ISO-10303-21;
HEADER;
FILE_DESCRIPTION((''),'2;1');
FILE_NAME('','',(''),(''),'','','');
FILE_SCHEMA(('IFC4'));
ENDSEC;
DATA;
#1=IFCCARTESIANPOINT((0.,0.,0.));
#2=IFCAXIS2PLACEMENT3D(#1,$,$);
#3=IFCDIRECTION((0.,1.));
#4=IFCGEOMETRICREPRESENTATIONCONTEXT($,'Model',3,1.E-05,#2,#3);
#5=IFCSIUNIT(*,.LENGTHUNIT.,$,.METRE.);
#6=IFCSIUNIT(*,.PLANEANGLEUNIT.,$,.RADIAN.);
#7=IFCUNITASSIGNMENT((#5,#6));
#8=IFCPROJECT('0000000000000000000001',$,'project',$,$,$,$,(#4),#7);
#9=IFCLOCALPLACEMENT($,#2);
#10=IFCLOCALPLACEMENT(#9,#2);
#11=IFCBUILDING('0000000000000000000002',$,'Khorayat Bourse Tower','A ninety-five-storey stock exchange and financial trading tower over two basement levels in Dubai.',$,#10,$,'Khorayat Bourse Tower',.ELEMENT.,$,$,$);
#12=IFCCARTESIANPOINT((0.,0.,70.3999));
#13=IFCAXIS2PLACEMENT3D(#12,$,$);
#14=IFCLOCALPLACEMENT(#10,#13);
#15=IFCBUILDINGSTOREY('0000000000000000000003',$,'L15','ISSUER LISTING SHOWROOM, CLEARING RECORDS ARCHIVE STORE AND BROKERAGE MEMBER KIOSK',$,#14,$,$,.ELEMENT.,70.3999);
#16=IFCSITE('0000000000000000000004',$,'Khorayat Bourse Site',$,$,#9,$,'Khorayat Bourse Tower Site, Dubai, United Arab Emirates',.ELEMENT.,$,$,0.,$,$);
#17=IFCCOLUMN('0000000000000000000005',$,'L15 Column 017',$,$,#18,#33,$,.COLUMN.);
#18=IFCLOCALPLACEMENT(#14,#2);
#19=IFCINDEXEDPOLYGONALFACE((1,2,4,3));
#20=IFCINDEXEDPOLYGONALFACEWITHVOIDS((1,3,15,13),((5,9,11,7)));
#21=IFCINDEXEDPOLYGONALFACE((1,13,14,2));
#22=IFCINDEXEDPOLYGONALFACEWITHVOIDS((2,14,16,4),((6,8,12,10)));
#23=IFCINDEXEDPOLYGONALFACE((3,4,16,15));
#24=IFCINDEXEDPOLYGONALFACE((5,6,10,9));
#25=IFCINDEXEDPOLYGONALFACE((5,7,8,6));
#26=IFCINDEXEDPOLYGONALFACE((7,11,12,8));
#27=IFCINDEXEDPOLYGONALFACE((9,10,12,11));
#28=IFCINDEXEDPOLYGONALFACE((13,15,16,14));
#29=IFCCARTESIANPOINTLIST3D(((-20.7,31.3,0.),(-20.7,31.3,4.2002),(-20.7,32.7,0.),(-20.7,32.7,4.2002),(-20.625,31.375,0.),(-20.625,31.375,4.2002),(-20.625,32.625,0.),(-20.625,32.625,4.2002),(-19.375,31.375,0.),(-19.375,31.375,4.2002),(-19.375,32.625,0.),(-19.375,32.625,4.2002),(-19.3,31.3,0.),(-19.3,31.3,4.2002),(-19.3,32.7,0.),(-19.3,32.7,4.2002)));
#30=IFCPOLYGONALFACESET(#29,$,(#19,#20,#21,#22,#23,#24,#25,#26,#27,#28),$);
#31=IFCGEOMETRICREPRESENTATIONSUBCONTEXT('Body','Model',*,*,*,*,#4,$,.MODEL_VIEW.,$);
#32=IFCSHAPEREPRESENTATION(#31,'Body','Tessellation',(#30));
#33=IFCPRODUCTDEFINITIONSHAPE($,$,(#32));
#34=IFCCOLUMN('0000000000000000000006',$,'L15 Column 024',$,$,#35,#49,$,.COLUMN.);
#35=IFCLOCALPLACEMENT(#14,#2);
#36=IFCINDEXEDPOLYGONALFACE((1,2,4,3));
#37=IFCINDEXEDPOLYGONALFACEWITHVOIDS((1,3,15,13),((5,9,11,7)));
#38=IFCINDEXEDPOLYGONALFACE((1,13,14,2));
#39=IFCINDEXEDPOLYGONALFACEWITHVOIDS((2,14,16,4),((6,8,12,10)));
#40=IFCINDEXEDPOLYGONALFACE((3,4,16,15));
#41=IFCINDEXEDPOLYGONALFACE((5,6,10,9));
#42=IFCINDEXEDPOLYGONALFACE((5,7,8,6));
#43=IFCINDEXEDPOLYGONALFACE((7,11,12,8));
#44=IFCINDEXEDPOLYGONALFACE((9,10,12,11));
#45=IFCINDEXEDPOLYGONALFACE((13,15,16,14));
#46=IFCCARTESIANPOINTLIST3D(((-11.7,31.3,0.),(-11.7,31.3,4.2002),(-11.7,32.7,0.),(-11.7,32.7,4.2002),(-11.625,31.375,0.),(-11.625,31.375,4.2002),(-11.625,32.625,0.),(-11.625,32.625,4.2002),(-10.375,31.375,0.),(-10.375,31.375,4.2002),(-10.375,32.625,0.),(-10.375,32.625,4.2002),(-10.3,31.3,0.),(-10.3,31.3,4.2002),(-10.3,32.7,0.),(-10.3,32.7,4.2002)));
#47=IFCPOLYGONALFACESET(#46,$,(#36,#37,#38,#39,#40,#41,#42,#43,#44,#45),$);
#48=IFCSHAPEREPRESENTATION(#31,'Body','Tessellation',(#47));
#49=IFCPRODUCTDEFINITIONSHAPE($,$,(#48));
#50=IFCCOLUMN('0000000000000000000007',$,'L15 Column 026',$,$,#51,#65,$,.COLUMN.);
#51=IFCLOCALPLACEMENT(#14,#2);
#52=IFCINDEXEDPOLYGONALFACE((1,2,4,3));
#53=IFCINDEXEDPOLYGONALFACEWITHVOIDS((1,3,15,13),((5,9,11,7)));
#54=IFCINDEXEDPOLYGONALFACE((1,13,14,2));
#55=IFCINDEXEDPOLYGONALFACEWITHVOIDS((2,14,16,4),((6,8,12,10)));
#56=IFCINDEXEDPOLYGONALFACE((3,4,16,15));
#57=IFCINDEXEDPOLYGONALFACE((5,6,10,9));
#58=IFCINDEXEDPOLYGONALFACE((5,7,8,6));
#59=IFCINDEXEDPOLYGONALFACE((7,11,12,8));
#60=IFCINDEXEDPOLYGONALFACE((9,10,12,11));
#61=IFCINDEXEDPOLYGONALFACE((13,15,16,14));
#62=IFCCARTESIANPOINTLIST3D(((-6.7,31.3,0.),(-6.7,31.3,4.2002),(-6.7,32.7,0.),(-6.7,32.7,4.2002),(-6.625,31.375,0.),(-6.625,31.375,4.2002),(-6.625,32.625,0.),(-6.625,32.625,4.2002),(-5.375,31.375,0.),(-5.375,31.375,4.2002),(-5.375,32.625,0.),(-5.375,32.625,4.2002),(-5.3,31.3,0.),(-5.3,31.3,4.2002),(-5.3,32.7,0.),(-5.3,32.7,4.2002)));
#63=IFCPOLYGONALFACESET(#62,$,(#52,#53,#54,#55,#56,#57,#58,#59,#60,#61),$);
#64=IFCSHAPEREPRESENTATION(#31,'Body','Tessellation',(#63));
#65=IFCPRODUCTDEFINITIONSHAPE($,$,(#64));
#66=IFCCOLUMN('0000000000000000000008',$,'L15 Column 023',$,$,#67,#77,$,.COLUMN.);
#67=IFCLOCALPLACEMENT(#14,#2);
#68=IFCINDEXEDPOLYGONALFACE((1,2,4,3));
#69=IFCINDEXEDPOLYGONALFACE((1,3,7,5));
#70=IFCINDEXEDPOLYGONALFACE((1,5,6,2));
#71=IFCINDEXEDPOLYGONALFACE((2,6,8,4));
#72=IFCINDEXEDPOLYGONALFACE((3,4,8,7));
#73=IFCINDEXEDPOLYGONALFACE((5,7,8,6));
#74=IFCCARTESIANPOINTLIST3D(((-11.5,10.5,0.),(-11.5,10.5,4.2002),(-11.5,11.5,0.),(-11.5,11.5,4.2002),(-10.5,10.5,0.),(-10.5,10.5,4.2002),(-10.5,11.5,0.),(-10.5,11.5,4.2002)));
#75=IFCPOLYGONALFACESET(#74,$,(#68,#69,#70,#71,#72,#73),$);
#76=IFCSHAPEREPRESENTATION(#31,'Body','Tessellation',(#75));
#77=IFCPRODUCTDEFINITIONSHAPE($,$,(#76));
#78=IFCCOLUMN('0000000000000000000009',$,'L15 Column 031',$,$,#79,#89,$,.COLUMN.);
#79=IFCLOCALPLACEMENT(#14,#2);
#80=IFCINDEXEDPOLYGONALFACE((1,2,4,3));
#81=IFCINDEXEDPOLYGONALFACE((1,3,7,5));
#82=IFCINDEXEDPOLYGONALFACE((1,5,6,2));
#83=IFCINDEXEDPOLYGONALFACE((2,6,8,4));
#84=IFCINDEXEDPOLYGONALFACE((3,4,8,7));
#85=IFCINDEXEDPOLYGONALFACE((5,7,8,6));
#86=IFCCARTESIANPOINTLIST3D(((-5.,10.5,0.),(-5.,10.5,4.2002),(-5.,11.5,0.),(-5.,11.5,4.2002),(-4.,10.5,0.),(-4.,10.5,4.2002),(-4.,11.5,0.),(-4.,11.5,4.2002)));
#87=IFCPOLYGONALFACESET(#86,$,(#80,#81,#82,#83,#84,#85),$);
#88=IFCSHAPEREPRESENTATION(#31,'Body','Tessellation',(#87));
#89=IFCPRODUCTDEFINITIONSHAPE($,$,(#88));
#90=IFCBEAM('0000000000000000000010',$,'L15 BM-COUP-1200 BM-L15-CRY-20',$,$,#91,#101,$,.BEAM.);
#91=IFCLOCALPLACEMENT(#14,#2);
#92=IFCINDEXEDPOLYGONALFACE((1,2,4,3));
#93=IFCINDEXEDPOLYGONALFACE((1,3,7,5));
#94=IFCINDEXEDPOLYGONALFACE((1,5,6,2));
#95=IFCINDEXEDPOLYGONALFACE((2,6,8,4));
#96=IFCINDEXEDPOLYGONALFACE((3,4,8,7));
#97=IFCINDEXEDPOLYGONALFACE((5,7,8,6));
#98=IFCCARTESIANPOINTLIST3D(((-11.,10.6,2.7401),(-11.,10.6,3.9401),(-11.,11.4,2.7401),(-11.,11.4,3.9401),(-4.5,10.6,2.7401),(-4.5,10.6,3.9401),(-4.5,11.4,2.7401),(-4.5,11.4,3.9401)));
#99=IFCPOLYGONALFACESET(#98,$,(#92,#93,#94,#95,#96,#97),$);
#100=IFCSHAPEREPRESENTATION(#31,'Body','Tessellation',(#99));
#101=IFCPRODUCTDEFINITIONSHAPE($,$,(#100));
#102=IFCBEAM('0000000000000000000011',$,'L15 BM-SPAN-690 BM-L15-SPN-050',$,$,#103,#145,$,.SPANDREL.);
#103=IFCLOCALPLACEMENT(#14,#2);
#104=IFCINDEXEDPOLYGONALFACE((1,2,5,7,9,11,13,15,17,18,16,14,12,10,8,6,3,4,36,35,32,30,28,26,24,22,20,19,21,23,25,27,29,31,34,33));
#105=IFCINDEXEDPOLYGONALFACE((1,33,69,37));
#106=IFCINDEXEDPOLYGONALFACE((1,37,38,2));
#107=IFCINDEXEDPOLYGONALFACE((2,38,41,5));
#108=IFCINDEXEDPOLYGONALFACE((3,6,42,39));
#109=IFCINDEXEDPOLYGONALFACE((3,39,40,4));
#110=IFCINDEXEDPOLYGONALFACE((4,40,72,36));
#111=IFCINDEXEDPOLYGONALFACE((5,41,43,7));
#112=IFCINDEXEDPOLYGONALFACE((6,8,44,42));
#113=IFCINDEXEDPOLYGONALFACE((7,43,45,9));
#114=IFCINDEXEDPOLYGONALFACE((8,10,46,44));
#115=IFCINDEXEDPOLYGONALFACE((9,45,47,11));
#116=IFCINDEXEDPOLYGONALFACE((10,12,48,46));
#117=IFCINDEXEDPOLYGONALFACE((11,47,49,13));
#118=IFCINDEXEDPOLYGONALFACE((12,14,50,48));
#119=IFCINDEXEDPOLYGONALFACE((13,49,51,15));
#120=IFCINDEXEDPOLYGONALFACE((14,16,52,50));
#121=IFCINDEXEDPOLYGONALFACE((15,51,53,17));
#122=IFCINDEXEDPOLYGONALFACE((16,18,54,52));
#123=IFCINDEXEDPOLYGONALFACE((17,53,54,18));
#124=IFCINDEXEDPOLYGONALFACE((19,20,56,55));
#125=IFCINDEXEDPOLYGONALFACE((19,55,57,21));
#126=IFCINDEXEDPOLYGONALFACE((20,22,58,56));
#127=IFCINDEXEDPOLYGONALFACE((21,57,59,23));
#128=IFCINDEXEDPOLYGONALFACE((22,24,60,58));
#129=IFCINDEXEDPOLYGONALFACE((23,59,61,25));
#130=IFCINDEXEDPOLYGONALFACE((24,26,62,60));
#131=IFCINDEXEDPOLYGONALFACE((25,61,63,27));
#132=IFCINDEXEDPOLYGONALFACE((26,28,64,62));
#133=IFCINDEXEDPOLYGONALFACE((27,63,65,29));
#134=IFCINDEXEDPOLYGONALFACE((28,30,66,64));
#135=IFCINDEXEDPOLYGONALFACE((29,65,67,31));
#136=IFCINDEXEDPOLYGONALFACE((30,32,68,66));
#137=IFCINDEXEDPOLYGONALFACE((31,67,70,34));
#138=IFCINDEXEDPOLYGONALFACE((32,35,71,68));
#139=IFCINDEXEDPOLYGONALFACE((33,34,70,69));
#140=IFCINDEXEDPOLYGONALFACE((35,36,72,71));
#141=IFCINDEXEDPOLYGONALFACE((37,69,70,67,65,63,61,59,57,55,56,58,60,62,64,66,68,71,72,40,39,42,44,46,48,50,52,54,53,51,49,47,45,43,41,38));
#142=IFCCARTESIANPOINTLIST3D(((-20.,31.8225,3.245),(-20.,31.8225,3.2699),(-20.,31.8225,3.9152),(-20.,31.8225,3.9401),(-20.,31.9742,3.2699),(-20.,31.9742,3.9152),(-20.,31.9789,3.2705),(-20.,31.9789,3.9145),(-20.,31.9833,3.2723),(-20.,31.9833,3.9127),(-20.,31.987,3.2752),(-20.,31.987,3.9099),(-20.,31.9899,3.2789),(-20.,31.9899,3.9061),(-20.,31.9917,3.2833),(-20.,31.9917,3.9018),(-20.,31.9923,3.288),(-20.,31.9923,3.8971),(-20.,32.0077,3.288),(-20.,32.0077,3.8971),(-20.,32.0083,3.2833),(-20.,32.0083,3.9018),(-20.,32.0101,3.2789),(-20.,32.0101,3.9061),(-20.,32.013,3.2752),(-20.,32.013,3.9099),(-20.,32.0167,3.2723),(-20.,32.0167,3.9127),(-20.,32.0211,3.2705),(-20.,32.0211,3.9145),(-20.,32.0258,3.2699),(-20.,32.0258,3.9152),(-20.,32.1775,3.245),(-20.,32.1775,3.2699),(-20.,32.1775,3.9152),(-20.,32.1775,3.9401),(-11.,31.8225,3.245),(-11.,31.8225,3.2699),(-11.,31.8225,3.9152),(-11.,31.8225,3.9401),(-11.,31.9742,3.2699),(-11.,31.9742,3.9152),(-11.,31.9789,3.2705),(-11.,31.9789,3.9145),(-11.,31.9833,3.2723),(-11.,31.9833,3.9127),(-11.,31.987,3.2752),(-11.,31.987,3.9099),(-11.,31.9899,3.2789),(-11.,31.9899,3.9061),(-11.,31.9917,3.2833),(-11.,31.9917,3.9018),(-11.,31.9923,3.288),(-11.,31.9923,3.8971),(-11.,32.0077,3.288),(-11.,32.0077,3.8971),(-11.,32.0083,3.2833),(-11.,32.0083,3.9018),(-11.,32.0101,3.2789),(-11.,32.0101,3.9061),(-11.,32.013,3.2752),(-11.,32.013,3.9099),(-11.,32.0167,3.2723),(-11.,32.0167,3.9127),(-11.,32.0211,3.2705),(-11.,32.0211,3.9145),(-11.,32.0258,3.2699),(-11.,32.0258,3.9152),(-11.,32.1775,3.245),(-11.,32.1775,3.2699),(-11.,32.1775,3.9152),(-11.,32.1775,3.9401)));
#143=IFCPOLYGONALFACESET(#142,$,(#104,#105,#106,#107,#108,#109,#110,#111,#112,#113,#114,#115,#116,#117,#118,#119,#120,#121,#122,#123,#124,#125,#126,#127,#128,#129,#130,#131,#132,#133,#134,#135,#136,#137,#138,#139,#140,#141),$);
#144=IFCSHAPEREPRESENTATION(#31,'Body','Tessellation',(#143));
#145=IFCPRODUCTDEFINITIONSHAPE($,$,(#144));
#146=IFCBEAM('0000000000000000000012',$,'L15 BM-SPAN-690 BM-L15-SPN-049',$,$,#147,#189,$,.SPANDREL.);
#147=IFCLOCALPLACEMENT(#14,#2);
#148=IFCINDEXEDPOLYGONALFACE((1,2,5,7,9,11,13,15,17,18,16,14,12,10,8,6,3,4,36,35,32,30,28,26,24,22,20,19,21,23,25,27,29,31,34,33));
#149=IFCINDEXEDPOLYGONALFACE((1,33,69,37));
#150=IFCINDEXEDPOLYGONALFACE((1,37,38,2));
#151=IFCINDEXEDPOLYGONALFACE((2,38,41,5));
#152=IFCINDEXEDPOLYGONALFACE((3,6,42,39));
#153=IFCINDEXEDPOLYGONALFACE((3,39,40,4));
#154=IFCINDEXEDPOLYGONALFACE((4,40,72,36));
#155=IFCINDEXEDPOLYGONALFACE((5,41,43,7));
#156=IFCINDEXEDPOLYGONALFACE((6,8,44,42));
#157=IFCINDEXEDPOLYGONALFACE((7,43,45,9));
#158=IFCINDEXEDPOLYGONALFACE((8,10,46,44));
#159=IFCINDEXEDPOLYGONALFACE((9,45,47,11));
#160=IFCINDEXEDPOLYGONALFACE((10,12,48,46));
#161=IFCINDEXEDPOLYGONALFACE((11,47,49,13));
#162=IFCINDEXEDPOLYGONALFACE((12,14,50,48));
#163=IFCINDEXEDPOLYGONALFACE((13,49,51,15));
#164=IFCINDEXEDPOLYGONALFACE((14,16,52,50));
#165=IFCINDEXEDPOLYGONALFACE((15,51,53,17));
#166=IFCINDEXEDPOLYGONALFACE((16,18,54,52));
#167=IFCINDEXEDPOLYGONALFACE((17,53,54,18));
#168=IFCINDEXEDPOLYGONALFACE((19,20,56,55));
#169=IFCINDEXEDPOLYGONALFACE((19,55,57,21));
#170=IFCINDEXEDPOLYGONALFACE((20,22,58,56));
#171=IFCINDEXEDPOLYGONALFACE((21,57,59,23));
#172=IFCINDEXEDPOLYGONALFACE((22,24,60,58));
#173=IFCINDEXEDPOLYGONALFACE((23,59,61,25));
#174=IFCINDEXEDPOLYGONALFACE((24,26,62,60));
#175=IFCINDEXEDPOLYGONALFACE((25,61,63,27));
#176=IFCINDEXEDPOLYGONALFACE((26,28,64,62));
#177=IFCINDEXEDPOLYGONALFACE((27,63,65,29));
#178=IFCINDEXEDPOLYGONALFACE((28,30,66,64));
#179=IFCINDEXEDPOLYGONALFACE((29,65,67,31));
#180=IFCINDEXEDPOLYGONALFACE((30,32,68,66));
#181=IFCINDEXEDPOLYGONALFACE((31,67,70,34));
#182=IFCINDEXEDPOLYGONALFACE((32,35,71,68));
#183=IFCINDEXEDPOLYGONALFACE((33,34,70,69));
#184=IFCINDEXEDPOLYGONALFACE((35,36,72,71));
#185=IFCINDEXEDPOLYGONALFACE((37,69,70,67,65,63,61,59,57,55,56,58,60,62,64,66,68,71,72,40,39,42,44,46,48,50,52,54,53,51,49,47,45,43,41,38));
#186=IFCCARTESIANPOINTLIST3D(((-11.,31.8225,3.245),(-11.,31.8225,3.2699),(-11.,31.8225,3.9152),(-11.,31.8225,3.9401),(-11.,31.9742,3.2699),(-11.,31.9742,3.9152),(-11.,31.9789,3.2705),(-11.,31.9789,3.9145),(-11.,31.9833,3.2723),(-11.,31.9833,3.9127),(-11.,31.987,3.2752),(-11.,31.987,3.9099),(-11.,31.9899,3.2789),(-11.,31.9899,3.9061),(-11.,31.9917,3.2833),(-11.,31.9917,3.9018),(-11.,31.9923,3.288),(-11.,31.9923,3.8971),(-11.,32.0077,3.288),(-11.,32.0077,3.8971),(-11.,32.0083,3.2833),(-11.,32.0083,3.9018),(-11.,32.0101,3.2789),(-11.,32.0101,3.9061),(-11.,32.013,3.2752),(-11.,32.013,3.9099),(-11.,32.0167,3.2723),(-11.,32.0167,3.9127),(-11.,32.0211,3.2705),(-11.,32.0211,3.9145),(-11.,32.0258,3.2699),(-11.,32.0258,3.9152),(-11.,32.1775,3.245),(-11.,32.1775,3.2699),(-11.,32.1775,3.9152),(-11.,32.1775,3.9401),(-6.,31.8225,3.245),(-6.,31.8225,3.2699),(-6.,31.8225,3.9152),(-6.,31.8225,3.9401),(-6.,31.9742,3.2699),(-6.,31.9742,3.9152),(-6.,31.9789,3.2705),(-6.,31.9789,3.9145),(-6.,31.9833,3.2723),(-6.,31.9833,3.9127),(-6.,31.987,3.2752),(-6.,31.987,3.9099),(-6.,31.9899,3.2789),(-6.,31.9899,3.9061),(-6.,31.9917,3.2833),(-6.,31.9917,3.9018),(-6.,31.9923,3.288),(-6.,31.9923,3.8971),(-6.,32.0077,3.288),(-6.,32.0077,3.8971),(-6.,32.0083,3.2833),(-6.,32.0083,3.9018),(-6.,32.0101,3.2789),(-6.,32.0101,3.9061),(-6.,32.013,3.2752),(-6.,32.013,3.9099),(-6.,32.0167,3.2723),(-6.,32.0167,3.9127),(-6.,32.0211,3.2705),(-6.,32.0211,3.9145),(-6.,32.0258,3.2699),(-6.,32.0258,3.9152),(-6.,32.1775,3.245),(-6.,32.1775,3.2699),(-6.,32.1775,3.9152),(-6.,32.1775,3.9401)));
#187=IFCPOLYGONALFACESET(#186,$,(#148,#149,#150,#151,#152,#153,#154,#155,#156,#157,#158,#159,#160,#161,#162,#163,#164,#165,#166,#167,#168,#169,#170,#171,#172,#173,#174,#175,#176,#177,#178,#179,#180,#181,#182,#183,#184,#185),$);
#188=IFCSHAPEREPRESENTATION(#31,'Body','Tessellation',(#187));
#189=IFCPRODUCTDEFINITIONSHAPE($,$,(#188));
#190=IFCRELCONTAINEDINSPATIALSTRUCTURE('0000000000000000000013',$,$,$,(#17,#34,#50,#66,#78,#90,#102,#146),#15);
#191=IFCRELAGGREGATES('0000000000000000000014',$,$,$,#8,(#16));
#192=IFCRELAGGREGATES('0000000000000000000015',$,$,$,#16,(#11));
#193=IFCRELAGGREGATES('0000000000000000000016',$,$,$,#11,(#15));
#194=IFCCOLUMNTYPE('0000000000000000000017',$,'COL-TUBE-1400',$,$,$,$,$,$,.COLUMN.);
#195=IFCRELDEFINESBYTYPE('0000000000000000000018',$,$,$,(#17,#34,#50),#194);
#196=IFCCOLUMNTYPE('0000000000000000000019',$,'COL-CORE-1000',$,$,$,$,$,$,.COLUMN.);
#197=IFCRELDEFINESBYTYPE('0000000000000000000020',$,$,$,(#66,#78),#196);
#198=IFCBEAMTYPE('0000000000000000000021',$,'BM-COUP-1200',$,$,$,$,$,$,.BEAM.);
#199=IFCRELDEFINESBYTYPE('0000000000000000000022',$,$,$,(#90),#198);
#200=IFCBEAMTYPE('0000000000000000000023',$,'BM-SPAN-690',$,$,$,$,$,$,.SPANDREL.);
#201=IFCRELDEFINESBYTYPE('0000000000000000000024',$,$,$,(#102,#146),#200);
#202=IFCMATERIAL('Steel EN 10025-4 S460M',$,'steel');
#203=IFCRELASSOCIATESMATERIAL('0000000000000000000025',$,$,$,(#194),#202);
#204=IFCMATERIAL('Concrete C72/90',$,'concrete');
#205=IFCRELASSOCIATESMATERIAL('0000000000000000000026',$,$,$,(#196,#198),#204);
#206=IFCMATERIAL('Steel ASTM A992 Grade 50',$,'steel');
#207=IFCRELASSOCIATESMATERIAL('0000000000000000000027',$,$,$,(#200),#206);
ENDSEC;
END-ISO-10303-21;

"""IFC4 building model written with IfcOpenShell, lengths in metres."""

from ifc_helpers import new_model, si_unit, direction, frame, origin, origin_2d, place, context, subcontext, project, spatial, rectangle, hollow_rectangle, i_section, extrude, source, transform, mapped, material, material_profile, profile_set, type_object, element, save


model = new_model("IFC4")

# Units and contexts
model_context = context("Model", 3, precision=1e-05, world=origin(), true_north=direction((0.0, 1.0)))
body_context = subcontext(model_context, "Body", "Model", "MODEL_VIEW")
ifc_project = project(units=[si_unit("LENGTHUNIT", "METRE"), si_unit("PLANEANGLEUNIT", "RADIAN")], contexts=[model_context])

# Site, building, storey
site_placement = place(None, origin())
site = spatial("IfcSite", under=ifc_project, at=site_placement, Name="Khorayat Bourse Site", LongName="Khorayat Bourse Tower Site, Dubai, United Arab Emirates", CompositionType="ELEMENT", RefElevation=0.0)
building_placement = place(site_placement, origin())
building = spatial("IfcBuilding", under=site, at=building_placement, Name="Khorayat Bourse Tower", Description="A ninety-five-storey stock exchange and financial trading tower over two basement levels in Dubai.", LongName="Khorayat Bourse Tower", CompositionType="ELEMENT")
storey_placement = place(building_placement, frame((0.0, 0.0, 70.3999)))
storey = spatial("IfcBuildingStorey", under=building, at=storey_placement, Name="L15", Description="ISSUER LISTING SHOWROOM, CLEARING RECORDS ARCHIVE STORE AND BROKERAGE MEMBER KIOSK", CompositionType="ELEMENT", Elevation=70.3999)

# Columns
ifc_material_1 = material(Name="Steel EN 10025-4 S460M", Category="steel")
ifc_material_profile_1 = material_profile(ifc_material_1, hollow_rectangle(XDim=1.3999, YDim=1.3999, WallThickness=0.075, at=origin_2d()), Name="BOX 1400x1400x75")
ifc_profile_set_1 = profile_set([ifc_material_profile_1], Name="Steel EN 10025-4 S460M")
column_type_1 = type_object("IfcColumnType", Name="COL-TUBE-1400", PredefinedType="COLUMN", material=ifc_profile_set_1)
shared_shape_1 = source(origin(), body_context, "Body", "SweptSolid", [
    extrude(hollow_rectangle(XDim=1.3999, YDim=1.3999, WallThickness=0.075, at=origin_2d()), origin(), (0.0, 0.0, 1.0), 4.2002),
])
for number, where, z_axis, x_axis, name in (
    (1, (-20.0, 32.0, 0.0), (0.0, 0.0, 1.0), (1.0, 0.0, 0.0), "L15 Column 017"),
    (2, (-11.0, 32.0, 0.0), (0.0, 0.0, 1.0), (1.0, 0.0, 0.0), "L15 Column 024"),
    (3, (-6.0, 32.0, 0.0), (0.0, 0.0, 1.0), (1.0, 0.0, 0.0), "L15 Column 026"),
):
    element("IfcColumn", number, at=place(storey_placement, frame(where, z_axis=z_axis, x_axis=x_axis)), inside=storey, type_object=column_type_1, Name=name, PredefinedType="COLUMN", context=body_context, shape_type="MappedRepresentation", body=[
        mapped(shared_shape_1, transform((0.0, 0.0, 0.0), scale=1.0)),
    ])
ifc_material_2 = material(Name="Concrete C72/90", Category="concrete")
ifc_material_profile_2 = material_profile(ifc_material_2, rectangle(XDim=1.0, YDim=1.0, at=origin_2d()), Name="RC 1000x1000")
ifc_profile_set_2 = profile_set([ifc_material_profile_2], Name="Concrete C72/90")
column_type_2 = type_object("IfcColumnType", Name="COL-CORE-1000", PredefinedType="COLUMN", material=ifc_profile_set_2)
shared_shape_2 = source(origin(), body_context, "Body", "SweptSolid", [
    extrude(rectangle(XDim=1.0, YDim=1.0, at=origin_2d()), origin(), (0.0, 0.0, 1.0), 4.2002),
])
for number, where, z_axis, x_axis, name in (
    (4, (-11.0, 11.0, 0.0), (0.0, 0.0, 1.0), (1.0, 0.0, 0.0), "L15 Column 023"),
    (5, (-4.5, 11.0, 0.0), (0.0, 0.0, 1.0), (1.0, 0.0, 0.0), "L15 Column 031"),
):
    element("IfcColumn", number, at=place(storey_placement, frame(where, z_axis=z_axis, x_axis=x_axis)), inside=storey, type_object=column_type_2, Name=name, PredefinedType="COLUMN", context=body_context, shape_type="MappedRepresentation", body=[
        mapped(shared_shape_2, transform((0.0, 0.0, 0.0), scale=1.0)),
    ])

# Beams
ifc_material_profile_3 = material_profile(ifc_material_2, rectangle(XDim=0.8, YDim=1.2, at=origin_2d()), Name="RC 800x1200")
ifc_profile_set_3 = profile_set([ifc_material_profile_3], Name="Concrete C72/90")
beam_type_1 = type_object("IfcBeamType", Name="BM-COUP-1200", PredefinedType="BEAM", material=ifc_profile_set_3)
shared_shape_3 = source(origin(), body_context, "Body", "SweptSolid", [
    extrude(rectangle(XDim=0.8, YDim=1.2, at=origin_2d()), origin(), (0.0, 0.0, 1.0), 6.5),
])
beam_1_placement = place(storey_placement, frame((-11.0, 11.0, 3.3401), z_axis=(1.0, 0.0, 0.0), x_axis=(0.0, 1.0, 0.0)))
element("IfcBeam", 6, at=beam_1_placement, inside=storey, type_object=beam_type_1, Name="L15 BM-COUP-1200 BM-L15-CRY-20", PredefinedType="BEAM", context=body_context, shape_type="MappedRepresentation", body=[
    mapped(shared_shape_3, transform((0.0, 0.0, 0.0), scale=1.0)),
])
ifc_material_3 = material(Name="Steel ASTM A992 Grade 50", Category="steel")
ifc_material_profile_4 = material_profile(ifc_material_3, i_section(OverallWidth=0.355, OverallDepth=0.6951, WebThickness=0.0154, FlangeThickness=0.0249, FilletRadius=0.0181, at=origin_2d()), Name="W690X217")
ifc_profile_set_4 = profile_set([ifc_material_profile_4], Name="Steel ASTM A992 Grade 50")
beam_type_2 = type_object("IfcBeamType", Name="BM-SPAN-690", PredefinedType="SPANDREL", material=ifc_profile_set_4)
shared_shape_4 = source(origin(), body_context, "Body", "SweptSolid", [
    extrude(i_section(OverallWidth=0.355, OverallDepth=0.6951, WebThickness=0.0154, FlangeThickness=0.0249, FilletRadius=0.0181, at=origin_2d()), origin(), (0.0, 0.0, 1.0), 9.0),
])
beam_2_placement = place(storey_placement, frame((-20.0, 32.0, 3.5925), z_axis=(1.0, 0.0, 0.0), x_axis=(0.0, 1.0, 0.0)))
element("IfcBeam", 7, at=beam_2_placement, inside=storey, type_object=beam_type_2, Name="L15 BM-SPAN-690 BM-L15-SPN-050", PredefinedType="SPANDREL", context=body_context, shape_type="MappedRepresentation", body=[
    mapped(shared_shape_4, transform((0.0, 0.0, 0.0), scale=1.0)),
])
shared_shape_5 = source(origin(), body_context, "Body", "SweptSolid", [
    extrude(i_section(OverallWidth=0.355, OverallDepth=0.6951, WebThickness=0.0154, FlangeThickness=0.0249, FilletRadius=0.0181, at=origin_2d()), origin(), (0.0, 0.0, 1.0), 5.0),
])
beam_3_placement = place(storey_placement, frame((-11.0, 32.0, 3.5925), z_axis=(1.0, 0.0, 0.0), x_axis=(0.0, 1.0, 0.0)))
element("IfcBeam", 8, at=beam_3_placement, inside=storey, type_object=beam_type_2, Name="L15 BM-SPAN-690 BM-L15-SPN-049", PredefinedType="SPANDREL", context=body_context, shape_type="MappedRepresentation", body=[
    mapped(shared_shape_5, transform((0.0, 0.0, 0.0), scale=1.0)),
])

save(model, "model.ifc")
